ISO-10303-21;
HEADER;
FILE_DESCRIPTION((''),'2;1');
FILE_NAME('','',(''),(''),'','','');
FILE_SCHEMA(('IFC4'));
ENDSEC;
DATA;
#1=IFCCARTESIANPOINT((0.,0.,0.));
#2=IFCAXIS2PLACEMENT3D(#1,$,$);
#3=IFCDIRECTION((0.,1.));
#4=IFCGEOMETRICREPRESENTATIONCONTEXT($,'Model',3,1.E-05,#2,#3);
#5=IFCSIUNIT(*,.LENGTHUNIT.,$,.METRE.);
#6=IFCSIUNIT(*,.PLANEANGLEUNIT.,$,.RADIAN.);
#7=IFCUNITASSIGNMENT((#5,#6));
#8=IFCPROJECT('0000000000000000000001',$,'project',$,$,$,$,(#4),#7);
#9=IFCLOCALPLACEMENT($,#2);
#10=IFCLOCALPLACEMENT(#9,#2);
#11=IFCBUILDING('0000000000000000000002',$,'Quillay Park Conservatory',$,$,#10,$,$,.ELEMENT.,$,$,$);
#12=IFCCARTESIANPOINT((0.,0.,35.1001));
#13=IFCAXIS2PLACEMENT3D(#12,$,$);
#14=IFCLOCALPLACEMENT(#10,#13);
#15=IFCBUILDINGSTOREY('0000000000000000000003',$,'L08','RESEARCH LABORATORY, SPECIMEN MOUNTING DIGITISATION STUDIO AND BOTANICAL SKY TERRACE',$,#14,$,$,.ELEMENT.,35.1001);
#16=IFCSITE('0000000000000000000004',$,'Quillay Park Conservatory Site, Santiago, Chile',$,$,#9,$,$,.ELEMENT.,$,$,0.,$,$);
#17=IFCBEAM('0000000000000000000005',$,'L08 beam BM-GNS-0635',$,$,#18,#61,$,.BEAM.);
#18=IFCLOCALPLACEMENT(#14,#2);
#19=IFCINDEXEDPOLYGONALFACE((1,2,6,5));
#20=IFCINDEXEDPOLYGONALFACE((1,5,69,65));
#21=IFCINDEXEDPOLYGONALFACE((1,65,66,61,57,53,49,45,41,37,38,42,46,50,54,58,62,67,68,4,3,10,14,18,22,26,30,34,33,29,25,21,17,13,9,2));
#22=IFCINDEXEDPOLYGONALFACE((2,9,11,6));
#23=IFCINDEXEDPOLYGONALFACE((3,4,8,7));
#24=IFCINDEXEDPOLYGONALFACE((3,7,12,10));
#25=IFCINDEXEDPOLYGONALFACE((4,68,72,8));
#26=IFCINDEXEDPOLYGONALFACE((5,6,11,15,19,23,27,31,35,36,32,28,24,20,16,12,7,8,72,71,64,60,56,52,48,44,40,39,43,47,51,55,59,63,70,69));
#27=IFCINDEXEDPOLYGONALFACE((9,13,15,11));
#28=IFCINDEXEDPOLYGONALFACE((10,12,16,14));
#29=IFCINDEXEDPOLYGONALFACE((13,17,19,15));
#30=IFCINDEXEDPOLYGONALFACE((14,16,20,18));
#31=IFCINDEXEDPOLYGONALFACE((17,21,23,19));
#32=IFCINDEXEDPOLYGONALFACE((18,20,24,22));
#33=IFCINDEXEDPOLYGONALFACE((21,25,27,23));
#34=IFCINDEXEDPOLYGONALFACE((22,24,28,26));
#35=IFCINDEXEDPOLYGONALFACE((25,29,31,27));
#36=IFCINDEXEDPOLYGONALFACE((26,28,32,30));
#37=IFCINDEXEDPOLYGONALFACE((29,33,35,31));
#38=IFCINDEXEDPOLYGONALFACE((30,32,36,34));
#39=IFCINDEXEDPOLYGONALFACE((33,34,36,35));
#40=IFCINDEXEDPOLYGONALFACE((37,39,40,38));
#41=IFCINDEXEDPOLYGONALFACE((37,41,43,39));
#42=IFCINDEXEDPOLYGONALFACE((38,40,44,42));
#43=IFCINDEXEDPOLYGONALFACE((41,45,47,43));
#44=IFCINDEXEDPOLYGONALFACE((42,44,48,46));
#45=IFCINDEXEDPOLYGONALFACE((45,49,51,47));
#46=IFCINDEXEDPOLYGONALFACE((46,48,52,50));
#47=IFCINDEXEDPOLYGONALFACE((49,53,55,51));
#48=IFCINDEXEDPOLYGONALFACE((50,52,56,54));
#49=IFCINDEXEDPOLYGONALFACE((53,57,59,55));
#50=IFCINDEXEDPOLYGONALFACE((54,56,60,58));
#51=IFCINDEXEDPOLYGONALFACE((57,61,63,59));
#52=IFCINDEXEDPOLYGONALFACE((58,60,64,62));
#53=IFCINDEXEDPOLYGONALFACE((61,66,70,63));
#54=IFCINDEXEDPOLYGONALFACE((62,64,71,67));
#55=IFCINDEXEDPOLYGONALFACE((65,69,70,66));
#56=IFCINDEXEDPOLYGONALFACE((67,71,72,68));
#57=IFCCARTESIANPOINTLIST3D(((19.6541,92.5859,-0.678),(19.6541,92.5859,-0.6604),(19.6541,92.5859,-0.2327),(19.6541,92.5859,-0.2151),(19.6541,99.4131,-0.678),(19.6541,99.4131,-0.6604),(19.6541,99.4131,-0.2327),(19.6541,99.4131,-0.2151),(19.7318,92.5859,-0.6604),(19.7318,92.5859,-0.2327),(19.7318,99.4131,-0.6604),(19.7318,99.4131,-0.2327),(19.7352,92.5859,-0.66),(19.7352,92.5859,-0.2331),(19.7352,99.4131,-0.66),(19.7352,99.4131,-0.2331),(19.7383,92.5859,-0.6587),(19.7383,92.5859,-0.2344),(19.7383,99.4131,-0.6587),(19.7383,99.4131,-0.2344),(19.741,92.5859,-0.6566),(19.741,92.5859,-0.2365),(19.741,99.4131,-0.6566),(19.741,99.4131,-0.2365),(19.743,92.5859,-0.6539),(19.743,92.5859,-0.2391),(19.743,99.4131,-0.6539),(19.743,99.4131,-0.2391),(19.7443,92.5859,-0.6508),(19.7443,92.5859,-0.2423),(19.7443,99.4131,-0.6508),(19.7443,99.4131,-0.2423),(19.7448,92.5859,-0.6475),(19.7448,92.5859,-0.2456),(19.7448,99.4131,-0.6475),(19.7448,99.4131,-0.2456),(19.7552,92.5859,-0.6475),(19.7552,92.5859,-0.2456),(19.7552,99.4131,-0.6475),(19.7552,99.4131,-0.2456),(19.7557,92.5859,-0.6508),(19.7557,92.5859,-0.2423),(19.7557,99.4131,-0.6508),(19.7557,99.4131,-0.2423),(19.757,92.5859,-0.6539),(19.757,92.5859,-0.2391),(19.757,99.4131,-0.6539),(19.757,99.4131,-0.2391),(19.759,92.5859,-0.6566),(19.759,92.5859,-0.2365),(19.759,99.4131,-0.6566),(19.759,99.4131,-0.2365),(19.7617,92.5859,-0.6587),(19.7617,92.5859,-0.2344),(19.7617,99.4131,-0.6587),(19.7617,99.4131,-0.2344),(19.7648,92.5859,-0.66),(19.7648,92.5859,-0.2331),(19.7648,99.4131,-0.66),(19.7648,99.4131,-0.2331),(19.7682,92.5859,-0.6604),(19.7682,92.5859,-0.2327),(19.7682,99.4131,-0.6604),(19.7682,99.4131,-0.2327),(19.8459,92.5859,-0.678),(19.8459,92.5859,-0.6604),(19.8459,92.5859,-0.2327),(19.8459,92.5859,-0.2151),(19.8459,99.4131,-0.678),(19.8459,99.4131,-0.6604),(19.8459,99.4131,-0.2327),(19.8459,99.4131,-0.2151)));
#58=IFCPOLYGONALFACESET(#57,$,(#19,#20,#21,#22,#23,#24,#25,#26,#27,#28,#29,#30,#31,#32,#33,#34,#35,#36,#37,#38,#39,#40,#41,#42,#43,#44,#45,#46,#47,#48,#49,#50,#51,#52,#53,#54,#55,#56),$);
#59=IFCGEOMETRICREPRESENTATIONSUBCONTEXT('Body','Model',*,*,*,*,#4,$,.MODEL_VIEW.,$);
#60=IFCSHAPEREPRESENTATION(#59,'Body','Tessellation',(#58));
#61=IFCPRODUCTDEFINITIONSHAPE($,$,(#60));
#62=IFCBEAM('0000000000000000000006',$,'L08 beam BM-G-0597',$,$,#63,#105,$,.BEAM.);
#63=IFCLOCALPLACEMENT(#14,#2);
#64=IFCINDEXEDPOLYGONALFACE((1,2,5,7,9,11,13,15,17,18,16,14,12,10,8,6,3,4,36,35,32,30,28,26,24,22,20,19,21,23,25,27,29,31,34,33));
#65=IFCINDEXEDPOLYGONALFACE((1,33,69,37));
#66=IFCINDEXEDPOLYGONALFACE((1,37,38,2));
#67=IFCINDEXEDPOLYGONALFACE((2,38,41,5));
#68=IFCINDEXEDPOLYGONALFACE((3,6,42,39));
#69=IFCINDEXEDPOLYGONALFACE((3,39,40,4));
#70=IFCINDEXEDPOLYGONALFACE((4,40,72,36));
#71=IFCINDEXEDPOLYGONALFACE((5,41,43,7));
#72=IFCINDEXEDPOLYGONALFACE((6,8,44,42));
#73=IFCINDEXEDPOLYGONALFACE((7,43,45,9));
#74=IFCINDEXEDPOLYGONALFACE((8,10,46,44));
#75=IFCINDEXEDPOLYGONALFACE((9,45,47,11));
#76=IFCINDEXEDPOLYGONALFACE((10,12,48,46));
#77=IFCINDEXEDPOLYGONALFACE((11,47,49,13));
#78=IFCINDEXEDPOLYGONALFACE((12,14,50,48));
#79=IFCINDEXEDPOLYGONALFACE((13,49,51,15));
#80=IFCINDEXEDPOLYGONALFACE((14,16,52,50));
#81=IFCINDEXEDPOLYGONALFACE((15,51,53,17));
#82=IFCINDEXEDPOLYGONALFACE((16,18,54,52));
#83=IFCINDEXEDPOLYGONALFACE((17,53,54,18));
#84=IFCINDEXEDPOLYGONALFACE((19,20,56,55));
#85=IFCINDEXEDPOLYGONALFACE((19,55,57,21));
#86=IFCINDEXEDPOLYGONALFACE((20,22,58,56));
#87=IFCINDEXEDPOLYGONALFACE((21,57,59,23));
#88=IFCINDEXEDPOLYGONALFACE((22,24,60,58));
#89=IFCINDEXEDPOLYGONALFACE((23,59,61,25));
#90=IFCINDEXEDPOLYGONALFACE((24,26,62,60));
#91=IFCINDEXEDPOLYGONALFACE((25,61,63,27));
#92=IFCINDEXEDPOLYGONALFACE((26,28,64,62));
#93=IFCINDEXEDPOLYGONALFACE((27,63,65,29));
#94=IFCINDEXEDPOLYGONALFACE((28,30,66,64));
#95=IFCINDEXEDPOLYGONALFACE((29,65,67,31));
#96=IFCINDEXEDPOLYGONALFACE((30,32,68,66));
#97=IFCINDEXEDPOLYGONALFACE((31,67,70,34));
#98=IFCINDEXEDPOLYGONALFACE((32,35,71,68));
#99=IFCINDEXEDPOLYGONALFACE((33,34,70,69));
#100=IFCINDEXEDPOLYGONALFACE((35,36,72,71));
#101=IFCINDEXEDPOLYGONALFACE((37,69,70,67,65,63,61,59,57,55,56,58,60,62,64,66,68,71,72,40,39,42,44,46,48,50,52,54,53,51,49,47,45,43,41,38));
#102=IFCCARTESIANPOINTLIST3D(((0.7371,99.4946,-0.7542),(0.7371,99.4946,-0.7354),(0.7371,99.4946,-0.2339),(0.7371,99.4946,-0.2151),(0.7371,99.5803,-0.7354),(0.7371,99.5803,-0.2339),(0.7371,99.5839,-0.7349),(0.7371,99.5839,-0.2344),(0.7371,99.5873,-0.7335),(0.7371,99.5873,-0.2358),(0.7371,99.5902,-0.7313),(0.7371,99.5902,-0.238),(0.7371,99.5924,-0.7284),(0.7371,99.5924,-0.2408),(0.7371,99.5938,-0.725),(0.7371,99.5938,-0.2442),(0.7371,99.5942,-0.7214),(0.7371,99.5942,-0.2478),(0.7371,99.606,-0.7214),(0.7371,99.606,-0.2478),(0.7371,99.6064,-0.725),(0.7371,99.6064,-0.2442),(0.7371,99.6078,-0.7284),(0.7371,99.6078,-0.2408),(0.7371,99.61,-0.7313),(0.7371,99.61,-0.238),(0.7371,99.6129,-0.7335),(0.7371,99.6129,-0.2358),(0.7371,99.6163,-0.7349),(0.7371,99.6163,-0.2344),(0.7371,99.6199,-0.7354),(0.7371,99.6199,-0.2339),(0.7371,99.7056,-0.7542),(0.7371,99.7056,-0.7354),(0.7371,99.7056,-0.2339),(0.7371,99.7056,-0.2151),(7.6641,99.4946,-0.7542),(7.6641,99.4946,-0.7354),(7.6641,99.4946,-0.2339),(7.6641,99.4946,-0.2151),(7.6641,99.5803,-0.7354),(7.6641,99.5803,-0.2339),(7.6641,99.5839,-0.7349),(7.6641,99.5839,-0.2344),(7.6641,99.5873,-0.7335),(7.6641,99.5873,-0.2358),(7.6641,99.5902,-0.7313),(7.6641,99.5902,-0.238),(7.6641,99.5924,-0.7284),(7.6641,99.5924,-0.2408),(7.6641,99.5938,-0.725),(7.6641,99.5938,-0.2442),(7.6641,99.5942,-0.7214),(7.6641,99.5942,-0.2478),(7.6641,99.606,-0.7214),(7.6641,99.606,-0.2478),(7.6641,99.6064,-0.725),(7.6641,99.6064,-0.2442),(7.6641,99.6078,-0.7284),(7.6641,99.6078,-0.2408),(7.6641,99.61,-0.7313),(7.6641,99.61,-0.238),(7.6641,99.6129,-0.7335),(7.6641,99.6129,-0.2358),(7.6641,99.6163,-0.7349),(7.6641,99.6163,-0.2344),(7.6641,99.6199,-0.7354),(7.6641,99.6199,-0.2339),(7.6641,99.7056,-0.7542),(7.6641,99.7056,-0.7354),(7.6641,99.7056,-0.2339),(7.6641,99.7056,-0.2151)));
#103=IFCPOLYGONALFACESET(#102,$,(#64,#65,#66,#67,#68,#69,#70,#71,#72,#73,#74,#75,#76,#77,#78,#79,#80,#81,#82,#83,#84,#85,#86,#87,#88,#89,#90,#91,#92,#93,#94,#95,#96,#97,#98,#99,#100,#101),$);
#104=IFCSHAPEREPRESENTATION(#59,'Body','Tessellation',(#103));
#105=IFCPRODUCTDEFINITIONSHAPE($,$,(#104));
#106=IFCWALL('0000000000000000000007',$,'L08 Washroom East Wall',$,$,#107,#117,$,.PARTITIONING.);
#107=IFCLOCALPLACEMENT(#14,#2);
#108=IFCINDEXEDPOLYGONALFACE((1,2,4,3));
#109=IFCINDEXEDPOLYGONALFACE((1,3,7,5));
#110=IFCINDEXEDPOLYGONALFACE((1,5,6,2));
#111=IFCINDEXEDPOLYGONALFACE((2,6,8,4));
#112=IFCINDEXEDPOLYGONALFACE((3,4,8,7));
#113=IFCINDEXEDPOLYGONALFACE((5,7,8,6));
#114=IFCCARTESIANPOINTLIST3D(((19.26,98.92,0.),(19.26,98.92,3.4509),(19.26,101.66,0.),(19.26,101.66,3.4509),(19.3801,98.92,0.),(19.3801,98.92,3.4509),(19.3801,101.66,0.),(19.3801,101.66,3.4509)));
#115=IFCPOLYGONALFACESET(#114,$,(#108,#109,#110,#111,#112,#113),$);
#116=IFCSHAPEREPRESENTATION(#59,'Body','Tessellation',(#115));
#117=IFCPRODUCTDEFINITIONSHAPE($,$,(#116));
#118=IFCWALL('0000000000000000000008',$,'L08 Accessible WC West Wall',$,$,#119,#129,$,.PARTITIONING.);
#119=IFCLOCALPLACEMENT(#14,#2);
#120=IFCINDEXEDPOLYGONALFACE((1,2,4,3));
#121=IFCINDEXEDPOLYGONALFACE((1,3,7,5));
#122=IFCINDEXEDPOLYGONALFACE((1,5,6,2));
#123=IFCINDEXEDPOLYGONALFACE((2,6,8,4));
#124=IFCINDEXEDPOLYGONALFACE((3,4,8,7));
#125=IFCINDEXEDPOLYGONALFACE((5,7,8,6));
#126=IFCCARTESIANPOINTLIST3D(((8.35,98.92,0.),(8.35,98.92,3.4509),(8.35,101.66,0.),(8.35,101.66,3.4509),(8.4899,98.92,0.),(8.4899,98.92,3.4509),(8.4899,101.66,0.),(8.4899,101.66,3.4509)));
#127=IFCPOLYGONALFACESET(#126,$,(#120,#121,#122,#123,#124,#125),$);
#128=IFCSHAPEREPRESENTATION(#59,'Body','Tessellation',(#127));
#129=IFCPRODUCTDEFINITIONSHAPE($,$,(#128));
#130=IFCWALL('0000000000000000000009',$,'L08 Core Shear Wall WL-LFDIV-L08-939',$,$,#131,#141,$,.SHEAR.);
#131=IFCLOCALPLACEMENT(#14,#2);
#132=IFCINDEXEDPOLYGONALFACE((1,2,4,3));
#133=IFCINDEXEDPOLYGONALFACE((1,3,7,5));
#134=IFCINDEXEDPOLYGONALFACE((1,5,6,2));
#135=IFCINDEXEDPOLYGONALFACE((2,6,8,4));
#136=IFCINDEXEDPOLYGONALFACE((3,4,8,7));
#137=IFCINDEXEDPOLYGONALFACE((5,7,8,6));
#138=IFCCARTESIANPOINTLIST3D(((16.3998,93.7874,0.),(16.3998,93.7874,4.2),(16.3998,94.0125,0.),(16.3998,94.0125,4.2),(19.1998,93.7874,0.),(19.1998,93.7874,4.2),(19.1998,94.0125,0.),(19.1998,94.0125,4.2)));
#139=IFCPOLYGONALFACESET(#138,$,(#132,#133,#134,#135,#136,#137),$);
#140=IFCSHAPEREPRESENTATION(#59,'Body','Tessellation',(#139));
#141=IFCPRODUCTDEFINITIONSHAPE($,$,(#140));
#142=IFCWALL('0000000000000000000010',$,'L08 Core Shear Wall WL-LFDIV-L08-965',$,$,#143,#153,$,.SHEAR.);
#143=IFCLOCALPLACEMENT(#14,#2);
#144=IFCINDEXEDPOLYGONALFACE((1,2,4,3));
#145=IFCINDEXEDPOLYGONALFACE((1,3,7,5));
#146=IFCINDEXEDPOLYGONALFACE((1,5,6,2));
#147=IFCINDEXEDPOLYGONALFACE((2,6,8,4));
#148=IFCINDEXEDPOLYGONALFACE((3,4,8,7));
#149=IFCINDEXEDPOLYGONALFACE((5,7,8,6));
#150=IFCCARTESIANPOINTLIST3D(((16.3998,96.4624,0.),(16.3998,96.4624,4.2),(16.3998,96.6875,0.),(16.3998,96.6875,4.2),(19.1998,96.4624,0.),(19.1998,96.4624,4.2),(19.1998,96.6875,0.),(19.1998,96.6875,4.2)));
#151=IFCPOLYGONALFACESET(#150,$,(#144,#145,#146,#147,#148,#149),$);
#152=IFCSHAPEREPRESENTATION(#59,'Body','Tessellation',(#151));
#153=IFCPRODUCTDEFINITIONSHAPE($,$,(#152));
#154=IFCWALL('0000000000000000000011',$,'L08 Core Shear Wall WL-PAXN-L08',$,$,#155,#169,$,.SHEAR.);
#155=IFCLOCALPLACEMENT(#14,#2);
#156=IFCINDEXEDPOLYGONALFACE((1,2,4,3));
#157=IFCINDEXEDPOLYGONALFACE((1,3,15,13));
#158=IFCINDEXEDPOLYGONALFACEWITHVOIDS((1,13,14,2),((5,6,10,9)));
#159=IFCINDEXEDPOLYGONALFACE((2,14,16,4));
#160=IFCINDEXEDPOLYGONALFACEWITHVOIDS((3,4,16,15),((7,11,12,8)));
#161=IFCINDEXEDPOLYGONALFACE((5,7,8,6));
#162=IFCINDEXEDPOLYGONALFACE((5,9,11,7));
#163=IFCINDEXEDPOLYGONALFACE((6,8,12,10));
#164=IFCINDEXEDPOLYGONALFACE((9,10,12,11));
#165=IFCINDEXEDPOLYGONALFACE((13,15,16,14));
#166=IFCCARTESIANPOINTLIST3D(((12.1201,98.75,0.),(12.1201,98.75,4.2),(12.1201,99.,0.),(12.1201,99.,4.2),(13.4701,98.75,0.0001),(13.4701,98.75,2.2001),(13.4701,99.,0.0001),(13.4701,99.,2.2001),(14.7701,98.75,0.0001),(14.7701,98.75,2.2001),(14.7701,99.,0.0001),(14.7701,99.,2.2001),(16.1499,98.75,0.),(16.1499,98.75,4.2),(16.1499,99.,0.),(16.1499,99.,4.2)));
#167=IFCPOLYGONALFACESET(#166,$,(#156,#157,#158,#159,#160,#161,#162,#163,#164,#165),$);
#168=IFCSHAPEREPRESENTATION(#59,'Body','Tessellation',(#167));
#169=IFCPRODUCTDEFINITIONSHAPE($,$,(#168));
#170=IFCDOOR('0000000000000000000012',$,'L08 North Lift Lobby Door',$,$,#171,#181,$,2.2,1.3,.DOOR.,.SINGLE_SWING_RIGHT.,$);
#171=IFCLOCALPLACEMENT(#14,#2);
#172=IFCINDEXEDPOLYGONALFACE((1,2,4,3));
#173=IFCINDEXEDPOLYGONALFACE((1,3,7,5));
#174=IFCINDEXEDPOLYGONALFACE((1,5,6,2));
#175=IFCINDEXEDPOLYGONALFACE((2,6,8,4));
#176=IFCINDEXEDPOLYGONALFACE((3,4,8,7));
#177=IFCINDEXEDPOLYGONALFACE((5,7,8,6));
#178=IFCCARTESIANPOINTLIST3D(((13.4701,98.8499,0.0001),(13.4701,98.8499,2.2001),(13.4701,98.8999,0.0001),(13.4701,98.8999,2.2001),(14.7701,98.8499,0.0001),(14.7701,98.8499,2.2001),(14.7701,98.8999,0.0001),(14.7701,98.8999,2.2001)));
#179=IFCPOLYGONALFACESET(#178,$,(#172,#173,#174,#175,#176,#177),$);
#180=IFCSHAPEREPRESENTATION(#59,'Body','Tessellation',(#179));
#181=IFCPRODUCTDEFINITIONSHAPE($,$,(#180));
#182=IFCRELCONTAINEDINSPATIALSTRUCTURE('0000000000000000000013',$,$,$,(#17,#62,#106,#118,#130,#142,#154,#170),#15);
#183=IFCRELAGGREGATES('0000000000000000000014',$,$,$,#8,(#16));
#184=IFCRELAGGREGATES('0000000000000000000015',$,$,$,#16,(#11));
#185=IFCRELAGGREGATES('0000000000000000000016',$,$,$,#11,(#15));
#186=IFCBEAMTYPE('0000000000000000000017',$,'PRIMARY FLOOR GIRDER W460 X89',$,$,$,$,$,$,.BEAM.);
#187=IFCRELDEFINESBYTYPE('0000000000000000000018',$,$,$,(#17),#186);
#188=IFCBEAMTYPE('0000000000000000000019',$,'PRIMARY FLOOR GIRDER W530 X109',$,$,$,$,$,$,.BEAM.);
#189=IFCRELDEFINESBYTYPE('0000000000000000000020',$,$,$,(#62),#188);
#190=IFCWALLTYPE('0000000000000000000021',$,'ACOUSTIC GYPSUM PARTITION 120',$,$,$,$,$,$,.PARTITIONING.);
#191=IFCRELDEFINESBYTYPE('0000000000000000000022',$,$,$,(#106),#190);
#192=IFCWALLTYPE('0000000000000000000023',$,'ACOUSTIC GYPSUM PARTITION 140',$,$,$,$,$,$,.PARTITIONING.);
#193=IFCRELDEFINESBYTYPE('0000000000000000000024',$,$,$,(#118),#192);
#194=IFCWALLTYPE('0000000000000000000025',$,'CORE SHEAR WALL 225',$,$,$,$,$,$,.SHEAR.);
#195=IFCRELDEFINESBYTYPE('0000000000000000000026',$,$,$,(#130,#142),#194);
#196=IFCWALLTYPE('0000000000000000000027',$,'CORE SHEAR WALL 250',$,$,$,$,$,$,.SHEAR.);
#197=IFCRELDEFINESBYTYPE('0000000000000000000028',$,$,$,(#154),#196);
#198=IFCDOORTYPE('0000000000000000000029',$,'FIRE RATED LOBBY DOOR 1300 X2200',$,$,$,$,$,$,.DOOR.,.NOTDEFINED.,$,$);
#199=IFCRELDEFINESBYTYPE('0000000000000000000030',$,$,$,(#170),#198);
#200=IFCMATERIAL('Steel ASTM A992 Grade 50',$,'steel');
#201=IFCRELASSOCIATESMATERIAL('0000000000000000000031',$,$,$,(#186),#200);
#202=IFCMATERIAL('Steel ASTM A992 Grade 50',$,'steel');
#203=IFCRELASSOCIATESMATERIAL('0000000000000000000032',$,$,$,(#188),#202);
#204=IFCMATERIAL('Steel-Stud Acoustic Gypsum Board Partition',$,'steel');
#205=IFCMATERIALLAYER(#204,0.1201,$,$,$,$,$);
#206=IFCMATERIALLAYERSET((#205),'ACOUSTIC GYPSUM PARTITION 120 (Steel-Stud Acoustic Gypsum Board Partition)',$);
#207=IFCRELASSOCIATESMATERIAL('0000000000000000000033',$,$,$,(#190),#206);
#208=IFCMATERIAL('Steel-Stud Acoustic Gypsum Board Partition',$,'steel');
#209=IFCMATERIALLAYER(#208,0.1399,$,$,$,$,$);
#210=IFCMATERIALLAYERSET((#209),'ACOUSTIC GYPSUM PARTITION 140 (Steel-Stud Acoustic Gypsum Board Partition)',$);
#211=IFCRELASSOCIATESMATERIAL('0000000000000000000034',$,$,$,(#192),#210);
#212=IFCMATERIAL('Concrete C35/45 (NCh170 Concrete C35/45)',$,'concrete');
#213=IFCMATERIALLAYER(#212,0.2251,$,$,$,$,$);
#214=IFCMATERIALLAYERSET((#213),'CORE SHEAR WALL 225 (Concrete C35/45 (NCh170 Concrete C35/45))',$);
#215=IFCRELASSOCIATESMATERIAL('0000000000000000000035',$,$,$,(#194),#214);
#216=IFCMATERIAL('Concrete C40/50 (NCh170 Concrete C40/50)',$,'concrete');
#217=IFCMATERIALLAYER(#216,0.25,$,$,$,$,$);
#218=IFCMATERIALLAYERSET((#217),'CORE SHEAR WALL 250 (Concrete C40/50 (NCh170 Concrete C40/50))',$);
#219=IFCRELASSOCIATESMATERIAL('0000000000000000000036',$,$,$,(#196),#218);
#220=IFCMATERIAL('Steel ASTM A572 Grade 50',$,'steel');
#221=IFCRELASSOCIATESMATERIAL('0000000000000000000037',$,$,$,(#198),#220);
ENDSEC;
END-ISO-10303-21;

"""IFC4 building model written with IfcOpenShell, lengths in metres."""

from ifc_helpers import new_model, si_unit, direction, frame, frame_2d, origin, origin_2d, place, context, subcontext, project, spatial, rectangle, i_section, extrude, material, layer, layer_set, material_profile, profile_set, type_object, element, fill, save


model = new_model("IFC4")

# Units and contexts
model_context = context("Model", 3, precision=1e-05, world=origin(), true_north=direction((0.0, 1.0)))
body_context = subcontext(model_context, "Body", "Model", "MODEL_VIEW")
ifc_project = project(units=[si_unit("LENGTHUNIT", "METRE"), si_unit("PLANEANGLEUNIT", "RADIAN")], contexts=[model_context])

# Site, building, storey
site_placement = place(None, origin())
site = spatial("IfcSite", under=ifc_project, at=site_placement, Name="Quillay Park Conservatory Site, Santiago, Chile", CompositionType="ELEMENT", RefElevation=0.0)
building_placement = place(site_placement, origin())
building = spatial("IfcBuilding", under=site, at=building_placement, Name="Quillay Park Conservatory", CompositionType="ELEMENT")
storey_placement = place(building_placement, frame((0.0, 0.0, 35.1001)))
storey = spatial("IfcBuildingStorey", under=building, at=storey_placement, Name="L08", Description="RESEARCH LABORATORY, SPECIMEN MOUNTING DIGITISATION STUDIO AND BOTANICAL SKY TERRACE", CompositionType="ELEMENT", Elevation=35.1001)

# Beams
ifc_material_1 = material(Name="Steel ASTM A992 Grade 50", Category="steel")
ifc_material_profile_1 = material_profile(ifc_material_1, i_section(OverallWidth=0.1919, OverallDepth=0.4629, WebThickness=0.0105, FlangeThickness=0.0176, FilletRadius=0.0129, at=origin_2d()), Name="W460x89")
ifc_profile_set_1 = profile_set([ifc_material_profile_1], Name="Steel ASTM A992 Grade 50")
beam_type_1 = type_object("IfcBeamType", Name="PRIMARY FLOOR GIRDER W460 X89", PredefinedType="BEAM", material=ifc_profile_set_1)
for number, where, z_axis, x_axis, name in (
    (1, (19.75, 92.5859, -0.4465), (0.0, 1.0, 0.0), (-1.0, 0.0, 0.0), "L08 beam BM-GNS-0635"),
):
    element("IfcBeam", number, at=place(storey_placement, frame(where, z_axis=z_axis, x_axis=x_axis)), inside=storey, type_object=beam_type_1, Name=name, PredefinedType="BEAM", context=body_context, shape_type="SweptSolid", body=[
        extrude(i_section(OverallWidth=0.1919, OverallDepth=0.4629, WebThickness=0.0105, FlangeThickness=0.0176, FilletRadius=0.0129, at=origin_2d()), origin(), (0.0, 0.0, 1.0), 6.8271),
    ])
ifc_material_2 = material(Name="Steel ASTM A992 Grade 50", Category="steel")
ifc_material_profile_2 = material_profile(ifc_material_2, i_section(OverallWidth=0.2109, OverallDepth=0.5391, WebThickness=0.0117, FlangeThickness=0.0188, FilletRadius=0.0139, at=origin_2d()), Name="W530x109")
ifc_profile_set_2 = profile_set([ifc_material_profile_2], Name="Steel ASTM A992 Grade 50")
beam_type_2 = type_object("IfcBeamType", Name="PRIMARY FLOOR GIRDER W530 X109", PredefinedType="BEAM", material=ifc_profile_set_2)
beam_1_placement = place(storey_placement, frame((0.7371, 99.6001, -0.4846), z_axis=(1.0, 0.0, 0.0), x_axis=(0.0, 1.0, 0.0)))
element("IfcBeam", 2, at=beam_1_placement, inside=storey, type_object=beam_type_2, Name="L08 beam BM-G-0597", PredefinedType="BEAM", context=body_context, shape_type="SweptSolid", body=[
    extrude(i_section(OverallWidth=0.2109, OverallDepth=0.5391, WebThickness=0.0117, FlangeThickness=0.0188, FilletRadius=0.0139, at=origin_2d()), origin(), (0.0, 0.0, 1.0), 6.927),
])

# Walls
ifc_material_3 = material(Name="Steel-Stud Acoustic Gypsum Board Partition", Category="steel")
ifc_layer_1 = layer(ifc_material_3, 0.1201)
ifc_layer_set_1 = layer_set([ifc_layer_1], Name="ACOUSTIC GYPSUM PARTITION 120 (Steel-Stud Acoustic Gypsum Board Partition)")
wall_type_1 = type_object("IfcWallType", Name="ACOUSTIC GYPSUM PARTITION 120", PredefinedType="PARTITIONING", material=ifc_layer_set_1)
wall_1_placement = place(storey_placement, frame((19.3201, 98.9199, 0.0), z_axis=(0.0, 0.0, 1.0), x_axis=(0.0, 1.0, 0.0)))
element("IfcWall", 3, at=wall_1_placement, inside=storey, type_object=wall_type_1, Name="L08 Washroom East Wall", PredefinedType="PARTITIONING", context=body_context, shape_type="SweptSolid", body=[
    extrude(rectangle(XDim=2.74, YDim=0.1201, at=frame_2d((1.3701, 0.0))), origin(), (0.0, 0.0, 1.0), 3.4509),
])
ifc_material_4 = material(Name="Steel-Stud Acoustic Gypsum Board Partition", Category="steel")
ifc_layer_2 = layer(ifc_material_4, 0.1399)
ifc_layer_set_2 = layer_set([ifc_layer_2], Name="ACOUSTIC GYPSUM PARTITION 140 (Steel-Stud Acoustic Gypsum Board Partition)")
wall_type_2 = type_object("IfcWallType", Name="ACOUSTIC GYPSUM PARTITION 140", PredefinedType="PARTITIONING", material=ifc_layer_set_2)
wall_2_placement = place(storey_placement, frame((8.4199, 98.9199, 0.0), z_axis=(0.0, 0.0, 1.0), x_axis=(0.0, 1.0, 0.0)))
element("IfcWall", 4, at=wall_2_placement, inside=storey, type_object=wall_type_2, Name="L08 Accessible WC West Wall", PredefinedType="PARTITIONING", context=body_context, shape_type="SweptSolid", body=[
    extrude(rectangle(XDim=2.74, YDim=0.1399, at=frame_2d((1.3701, 0.0))), origin(), (0.0, 0.0, 1.0), 3.4509),
])
ifc_material_5 = material(Name="Concrete C35/45 (NCh170 Concrete C35/45)", Category="concrete")
ifc_layer_3 = layer(ifc_material_5, 0.2251)
ifc_layer_set_3 = layer_set([ifc_layer_3], Name="CORE SHEAR WALL 225 (Concrete C35/45 (NCh170 Concrete C35/45))")
wall_type_3 = type_object("IfcWallType", Name="CORE SHEAR WALL 225", PredefinedType="SHEAR", material=ifc_layer_set_3)
for number, where, z_axis, x_axis, name in (
    (5, (16.3999, 93.8999, 0.0), (0.0, 0.0, 1.0), (1.0, 0.0, 0.0), "L08 Core Shear Wall WL-LFDIV-L08-939"),
    (6, (16.3999, 96.575, 0.0), (0.0, 0.0, 1.0), (1.0, 0.0, 0.0), "L08 Core Shear Wall WL-LFDIV-L08-965"),
):
    element("IfcWall", number, at=place(storey_placement, frame(where, z_axis=z_axis, x_axis=x_axis)), inside=storey, type_object=wall_type_3, Name=name, PredefinedType="SHEAR", context=body_context, shape_type="SweptSolid", body=[
        extrude(rectangle(XDim=2.8, YDim=0.2251, at=frame_2d((1.3999, 0.0))), origin(), (0.0, 0.0, 1.0), 4.2),
    ])

# Wall, opening, door
ifc_material_6 = material(Name="Concrete C40/50 (NCh170 Concrete C40/50)", Category="concrete")
ifc_layer_4 = layer(ifc_material_6, 0.25)
ifc_layer_set_4 = layer_set([ifc_layer_4], Name="CORE SHEAR WALL 250 (Concrete C40/50 (NCh170 Concrete C40/50))")
wall_type_4 = type_object("IfcWallType", Name="CORE SHEAR WALL 250", PredefinedType="SHEAR", material=ifc_layer_set_4)
wall_3_placement = place(storey_placement, frame((12.1201, 98.875, 0.0), z_axis=(0.0, 0.0, 1.0), x_axis=(1.0, 0.0, 0.0)))
wall_3 = element("IfcWall", 7, at=wall_3_placement, inside=storey, type_object=wall_type_4, Name="L08 Core Shear Wall WL-PAXN-L08", PredefinedType="SHEAR", context=body_context, shape_type="SweptSolid", body=[
    extrude(rectangle(XDim=4.0298, YDim=0.25, at=frame_2d((2.0149, 0.0))), origin(), (0.0, 0.0, 1.0), 4.2),
])
opening_1_placement = place(wall_3_placement, frame((1.3501, 0.0, 0.0)))
opening_1 = element("IfcOpeningElement", 8, at=opening_1_placement, cuts=wall_3, PredefinedType="OPENING", context=body_context, shape_type="SweptSolid", body=[
    extrude(rectangle(XDim=1.3, YDim=2.2, at=frame_2d((0.6499, 1.1001))), frame((0.0, 0.125, 0.0), z_axis=(0.0, -1.0, 0.0), x_axis=(1.0, 0.0, 0.0)), (0.0, 0.0, 1.0), 0.25),
])
ifc_material_7 = material(Name="Steel ASTM A572 Grade 50", Category="steel")
door_type_1 = type_object("IfcDoorType", Name="FIRE RATED LOBBY DOOR 1300 X2200", OperationType="NOTDEFINED", PredefinedType="DOOR", material=ifc_material_7)
door_1_placement = place(opening_1_placement, origin())
door_1 = element("IfcDoor", 9, at=door_1_placement, inside=storey, type_object=door_type_1, Name="L08 North Lift Lobby Door", OperationType="SINGLE_SWING_RIGHT", OverallHeight=2.2, OverallWidth=1.3, PredefinedType="DOOR", context=body_context, shape_type="SweptSolid", body=[
    extrude(rectangle(XDim=1.3, YDim=2.2, at=frame_2d((0.6499, 1.1001))), frame((0.0, 0.0249, 0.0), z_axis=(0.0, -1.0, 0.0), x_axis=(1.0, 0.0, 0.0)), (0.0, 0.0, 1.0), 0.05),
])
fill(opening_1, door_1)

save(model, "model.ifc")
